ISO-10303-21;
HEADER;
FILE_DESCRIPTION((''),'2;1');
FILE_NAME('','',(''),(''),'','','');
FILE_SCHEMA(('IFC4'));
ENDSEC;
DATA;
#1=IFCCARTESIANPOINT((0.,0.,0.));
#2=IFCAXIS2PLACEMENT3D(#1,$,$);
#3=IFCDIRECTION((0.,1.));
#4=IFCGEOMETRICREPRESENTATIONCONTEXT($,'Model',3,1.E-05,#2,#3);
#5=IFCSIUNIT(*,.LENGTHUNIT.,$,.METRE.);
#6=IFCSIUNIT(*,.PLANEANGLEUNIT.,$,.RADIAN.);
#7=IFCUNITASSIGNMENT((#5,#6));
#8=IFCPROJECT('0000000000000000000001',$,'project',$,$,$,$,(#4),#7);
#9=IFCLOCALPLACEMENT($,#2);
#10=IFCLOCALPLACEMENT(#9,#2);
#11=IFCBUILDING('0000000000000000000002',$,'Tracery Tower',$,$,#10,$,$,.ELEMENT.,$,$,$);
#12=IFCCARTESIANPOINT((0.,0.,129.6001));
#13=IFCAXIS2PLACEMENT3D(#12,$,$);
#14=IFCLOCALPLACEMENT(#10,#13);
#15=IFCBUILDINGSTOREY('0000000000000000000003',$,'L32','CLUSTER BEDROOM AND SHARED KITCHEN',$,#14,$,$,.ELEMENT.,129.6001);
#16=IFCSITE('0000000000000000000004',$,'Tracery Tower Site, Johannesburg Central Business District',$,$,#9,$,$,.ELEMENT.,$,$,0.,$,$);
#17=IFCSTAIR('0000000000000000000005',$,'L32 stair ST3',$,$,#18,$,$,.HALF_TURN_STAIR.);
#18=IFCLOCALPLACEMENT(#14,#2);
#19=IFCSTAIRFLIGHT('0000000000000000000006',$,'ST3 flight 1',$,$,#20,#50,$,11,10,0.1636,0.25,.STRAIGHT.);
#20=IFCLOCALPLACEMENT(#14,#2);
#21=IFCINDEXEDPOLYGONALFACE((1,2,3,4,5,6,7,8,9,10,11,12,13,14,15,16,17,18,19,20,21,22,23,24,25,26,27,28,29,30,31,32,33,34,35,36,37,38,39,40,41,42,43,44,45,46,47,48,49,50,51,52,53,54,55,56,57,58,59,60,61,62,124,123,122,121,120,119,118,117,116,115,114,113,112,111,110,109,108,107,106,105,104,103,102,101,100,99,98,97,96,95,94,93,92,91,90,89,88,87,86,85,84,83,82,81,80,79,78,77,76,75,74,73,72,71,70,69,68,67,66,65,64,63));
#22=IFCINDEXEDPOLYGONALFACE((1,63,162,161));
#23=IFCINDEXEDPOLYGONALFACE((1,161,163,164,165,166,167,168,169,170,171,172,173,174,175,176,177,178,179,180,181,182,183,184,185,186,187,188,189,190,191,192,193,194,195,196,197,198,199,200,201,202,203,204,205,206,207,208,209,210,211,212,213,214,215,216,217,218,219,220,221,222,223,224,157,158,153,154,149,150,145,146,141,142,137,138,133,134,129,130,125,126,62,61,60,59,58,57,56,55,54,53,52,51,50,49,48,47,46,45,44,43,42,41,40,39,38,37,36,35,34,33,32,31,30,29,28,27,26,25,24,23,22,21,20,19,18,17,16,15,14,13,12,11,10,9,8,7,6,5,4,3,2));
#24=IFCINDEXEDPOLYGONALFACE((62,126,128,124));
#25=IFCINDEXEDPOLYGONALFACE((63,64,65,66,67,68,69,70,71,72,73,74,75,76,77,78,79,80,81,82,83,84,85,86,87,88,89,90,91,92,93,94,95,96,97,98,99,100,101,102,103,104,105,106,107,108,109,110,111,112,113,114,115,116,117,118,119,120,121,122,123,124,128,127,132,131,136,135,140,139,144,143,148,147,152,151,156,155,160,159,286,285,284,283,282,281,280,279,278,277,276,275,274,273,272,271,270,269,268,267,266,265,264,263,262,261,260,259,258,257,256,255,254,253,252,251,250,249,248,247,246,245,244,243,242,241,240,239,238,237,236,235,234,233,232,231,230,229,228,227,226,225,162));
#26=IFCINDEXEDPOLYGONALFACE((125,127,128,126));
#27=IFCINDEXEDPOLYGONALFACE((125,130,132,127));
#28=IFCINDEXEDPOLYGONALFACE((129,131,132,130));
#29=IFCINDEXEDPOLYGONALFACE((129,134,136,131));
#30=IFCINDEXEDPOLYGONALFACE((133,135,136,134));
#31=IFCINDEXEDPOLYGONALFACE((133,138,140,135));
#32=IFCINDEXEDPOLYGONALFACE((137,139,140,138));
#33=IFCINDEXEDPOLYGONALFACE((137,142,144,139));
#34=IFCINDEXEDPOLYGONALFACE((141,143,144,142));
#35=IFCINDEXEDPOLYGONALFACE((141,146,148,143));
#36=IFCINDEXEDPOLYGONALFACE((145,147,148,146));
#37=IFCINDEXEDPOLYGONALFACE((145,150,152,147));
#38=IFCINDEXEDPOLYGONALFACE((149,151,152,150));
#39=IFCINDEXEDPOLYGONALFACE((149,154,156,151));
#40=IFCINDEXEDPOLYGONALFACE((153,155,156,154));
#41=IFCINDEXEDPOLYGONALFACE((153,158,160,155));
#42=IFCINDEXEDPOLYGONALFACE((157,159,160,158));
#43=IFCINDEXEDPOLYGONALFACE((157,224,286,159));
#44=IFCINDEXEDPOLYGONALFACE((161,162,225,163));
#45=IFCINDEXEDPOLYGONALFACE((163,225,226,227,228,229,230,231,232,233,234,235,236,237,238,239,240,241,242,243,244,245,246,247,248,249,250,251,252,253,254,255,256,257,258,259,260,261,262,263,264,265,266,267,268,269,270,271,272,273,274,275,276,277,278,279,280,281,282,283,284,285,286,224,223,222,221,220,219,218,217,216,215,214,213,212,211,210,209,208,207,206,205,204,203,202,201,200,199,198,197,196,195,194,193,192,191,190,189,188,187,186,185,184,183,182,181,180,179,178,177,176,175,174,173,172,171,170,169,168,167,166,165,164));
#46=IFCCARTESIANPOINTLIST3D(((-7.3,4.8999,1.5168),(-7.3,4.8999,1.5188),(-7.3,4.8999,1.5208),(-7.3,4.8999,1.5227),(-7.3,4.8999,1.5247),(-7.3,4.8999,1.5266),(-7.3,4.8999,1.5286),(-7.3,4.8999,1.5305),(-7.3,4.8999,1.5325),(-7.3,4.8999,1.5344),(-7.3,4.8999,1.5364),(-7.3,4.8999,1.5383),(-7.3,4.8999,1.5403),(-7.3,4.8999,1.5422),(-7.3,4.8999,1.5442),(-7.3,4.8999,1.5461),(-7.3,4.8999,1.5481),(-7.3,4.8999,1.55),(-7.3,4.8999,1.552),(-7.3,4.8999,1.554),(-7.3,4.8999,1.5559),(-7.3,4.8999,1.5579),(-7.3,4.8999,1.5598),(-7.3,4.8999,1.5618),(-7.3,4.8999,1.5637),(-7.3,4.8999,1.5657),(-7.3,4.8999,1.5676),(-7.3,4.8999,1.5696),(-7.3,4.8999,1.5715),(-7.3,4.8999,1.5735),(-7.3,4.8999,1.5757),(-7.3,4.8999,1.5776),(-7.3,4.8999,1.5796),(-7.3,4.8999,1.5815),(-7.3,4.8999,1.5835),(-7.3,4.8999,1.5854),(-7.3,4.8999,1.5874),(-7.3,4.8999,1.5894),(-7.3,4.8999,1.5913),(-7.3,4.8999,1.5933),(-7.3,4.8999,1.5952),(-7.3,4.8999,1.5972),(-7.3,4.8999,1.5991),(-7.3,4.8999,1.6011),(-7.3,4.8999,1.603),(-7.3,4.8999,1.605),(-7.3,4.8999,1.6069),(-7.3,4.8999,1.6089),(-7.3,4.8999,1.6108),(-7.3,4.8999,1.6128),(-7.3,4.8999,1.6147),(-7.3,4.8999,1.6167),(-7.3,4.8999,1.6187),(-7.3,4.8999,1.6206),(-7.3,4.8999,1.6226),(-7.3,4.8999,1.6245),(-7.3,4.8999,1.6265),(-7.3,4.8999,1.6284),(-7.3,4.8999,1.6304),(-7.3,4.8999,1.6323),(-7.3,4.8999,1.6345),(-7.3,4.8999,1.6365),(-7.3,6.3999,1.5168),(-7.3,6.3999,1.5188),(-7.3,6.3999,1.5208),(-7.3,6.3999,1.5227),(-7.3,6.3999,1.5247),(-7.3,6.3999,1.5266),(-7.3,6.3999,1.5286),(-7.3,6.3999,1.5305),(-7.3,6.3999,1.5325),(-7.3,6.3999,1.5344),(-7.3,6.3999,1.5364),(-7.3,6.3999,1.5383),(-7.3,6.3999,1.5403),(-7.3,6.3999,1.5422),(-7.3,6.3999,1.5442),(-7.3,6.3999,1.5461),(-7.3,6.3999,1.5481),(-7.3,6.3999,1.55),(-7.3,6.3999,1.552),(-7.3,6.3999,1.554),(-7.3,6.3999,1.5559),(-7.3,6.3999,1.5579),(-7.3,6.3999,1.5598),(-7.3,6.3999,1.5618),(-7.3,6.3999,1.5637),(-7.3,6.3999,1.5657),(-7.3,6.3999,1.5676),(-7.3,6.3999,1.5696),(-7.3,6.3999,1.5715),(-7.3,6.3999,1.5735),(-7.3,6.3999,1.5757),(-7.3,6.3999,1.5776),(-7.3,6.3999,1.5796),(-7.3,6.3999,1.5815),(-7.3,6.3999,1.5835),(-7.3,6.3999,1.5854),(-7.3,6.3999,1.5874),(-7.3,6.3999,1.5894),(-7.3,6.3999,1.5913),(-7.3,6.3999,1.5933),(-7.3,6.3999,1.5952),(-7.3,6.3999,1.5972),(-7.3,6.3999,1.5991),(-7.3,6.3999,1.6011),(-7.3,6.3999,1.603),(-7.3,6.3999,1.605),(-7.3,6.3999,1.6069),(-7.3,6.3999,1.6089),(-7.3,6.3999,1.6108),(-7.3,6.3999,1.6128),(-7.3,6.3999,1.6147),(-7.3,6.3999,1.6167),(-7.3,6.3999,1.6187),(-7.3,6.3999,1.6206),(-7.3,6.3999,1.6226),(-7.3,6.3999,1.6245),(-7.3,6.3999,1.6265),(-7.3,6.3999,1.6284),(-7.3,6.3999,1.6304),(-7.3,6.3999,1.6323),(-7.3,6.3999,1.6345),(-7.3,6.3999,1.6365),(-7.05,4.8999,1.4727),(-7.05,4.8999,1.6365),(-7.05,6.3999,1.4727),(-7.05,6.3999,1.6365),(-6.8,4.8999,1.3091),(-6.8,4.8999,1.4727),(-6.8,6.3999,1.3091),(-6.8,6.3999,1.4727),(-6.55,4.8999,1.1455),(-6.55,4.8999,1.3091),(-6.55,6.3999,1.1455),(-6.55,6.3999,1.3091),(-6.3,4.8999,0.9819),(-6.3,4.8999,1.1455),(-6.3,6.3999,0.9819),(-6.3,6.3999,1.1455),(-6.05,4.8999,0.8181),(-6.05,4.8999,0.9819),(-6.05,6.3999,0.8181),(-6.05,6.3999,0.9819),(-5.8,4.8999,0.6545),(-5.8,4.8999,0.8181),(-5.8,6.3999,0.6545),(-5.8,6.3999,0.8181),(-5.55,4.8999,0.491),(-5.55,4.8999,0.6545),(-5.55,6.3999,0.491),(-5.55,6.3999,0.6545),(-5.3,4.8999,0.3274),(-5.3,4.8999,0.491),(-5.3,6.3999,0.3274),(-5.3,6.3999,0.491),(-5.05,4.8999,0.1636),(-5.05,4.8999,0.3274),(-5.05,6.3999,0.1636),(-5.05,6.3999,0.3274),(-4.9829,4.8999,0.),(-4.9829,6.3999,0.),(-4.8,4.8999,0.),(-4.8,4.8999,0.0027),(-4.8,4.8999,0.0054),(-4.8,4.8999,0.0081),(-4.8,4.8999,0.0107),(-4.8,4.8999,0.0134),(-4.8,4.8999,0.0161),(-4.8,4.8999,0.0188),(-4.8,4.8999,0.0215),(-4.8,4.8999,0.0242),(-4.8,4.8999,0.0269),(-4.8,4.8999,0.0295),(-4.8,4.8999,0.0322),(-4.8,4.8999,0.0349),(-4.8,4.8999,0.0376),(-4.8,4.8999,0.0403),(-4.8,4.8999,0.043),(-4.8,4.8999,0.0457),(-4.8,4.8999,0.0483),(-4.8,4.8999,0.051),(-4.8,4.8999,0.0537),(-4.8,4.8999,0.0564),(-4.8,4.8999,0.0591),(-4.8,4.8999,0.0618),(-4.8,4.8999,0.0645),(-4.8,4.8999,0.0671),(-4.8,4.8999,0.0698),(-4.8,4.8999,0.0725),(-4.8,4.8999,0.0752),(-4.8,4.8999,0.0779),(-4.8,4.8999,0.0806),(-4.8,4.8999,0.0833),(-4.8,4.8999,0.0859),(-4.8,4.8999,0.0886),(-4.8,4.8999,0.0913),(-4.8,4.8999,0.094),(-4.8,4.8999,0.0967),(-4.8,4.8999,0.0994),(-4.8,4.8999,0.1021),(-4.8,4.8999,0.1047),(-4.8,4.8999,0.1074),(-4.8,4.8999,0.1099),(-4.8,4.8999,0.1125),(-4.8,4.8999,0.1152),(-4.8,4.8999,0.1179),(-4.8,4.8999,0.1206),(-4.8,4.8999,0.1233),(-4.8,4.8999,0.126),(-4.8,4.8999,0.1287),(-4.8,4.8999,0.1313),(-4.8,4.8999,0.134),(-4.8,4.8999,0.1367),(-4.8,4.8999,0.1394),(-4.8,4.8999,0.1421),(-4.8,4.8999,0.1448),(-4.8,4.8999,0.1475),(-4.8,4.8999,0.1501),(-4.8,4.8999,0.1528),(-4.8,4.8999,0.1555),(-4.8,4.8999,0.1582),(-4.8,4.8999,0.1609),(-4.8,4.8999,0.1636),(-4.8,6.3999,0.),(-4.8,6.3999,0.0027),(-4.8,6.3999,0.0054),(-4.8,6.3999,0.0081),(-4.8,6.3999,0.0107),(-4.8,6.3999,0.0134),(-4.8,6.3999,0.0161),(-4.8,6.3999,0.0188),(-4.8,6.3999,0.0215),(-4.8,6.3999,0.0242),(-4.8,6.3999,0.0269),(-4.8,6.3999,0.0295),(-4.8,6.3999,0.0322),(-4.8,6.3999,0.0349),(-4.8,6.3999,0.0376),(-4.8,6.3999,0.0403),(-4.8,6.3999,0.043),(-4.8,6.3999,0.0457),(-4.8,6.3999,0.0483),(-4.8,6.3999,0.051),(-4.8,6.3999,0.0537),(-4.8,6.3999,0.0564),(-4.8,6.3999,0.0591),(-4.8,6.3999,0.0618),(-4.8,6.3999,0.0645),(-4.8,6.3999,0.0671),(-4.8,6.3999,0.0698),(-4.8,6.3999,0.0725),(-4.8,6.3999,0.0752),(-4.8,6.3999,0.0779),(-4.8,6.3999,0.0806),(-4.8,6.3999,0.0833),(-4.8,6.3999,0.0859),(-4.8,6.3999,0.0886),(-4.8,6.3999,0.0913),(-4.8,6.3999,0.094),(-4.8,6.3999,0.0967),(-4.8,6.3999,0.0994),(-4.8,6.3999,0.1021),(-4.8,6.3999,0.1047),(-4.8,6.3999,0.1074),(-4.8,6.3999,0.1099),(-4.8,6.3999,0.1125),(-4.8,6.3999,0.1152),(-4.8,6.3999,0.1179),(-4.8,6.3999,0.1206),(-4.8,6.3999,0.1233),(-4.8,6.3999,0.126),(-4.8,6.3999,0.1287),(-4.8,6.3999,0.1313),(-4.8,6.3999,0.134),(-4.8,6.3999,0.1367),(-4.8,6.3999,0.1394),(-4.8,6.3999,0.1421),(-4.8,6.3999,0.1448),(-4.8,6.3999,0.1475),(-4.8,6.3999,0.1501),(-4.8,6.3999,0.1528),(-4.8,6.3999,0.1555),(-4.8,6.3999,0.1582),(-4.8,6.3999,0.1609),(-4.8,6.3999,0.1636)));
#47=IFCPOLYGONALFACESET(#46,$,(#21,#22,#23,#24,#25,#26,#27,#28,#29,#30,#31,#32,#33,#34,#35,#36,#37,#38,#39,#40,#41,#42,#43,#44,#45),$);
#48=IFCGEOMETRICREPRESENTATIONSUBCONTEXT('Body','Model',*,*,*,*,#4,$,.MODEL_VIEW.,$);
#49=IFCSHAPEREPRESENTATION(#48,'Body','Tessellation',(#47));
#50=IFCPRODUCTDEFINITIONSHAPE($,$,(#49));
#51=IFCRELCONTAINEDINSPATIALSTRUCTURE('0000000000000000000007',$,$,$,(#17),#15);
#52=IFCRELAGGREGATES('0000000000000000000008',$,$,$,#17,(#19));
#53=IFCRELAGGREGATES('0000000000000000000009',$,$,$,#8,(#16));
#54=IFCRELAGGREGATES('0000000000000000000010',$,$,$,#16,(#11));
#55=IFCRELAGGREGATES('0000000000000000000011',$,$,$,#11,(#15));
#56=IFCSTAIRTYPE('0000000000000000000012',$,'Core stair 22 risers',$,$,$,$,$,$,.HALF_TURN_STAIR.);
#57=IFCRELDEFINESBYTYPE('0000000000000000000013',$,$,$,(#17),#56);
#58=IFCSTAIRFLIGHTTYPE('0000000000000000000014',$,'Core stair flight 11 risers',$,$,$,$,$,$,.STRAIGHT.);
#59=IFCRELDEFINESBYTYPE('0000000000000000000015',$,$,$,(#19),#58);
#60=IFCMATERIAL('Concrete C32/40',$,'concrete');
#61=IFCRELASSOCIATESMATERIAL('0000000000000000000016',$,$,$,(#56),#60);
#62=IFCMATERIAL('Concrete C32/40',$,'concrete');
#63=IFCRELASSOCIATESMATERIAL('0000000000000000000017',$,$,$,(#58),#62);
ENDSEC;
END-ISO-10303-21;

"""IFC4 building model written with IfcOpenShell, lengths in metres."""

from ifc_helpers import new_model, si_unit, direction, frame, origin, place, context, subcontext, project, spatial, polyline, outline, extrude, material, type_object, element, aggregate, save


model = new_model("IFC4")

# Units and contexts
model_context = context("Model", 3, precision=1e-05, world=origin(), true_north=direction((0.0, 1.0)))
body_context = subcontext(model_context, "Body", "Model", "MODEL_VIEW")
ifc_project = project(units=[si_unit("LENGTHUNIT", "METRE"), si_unit("PLANEANGLEUNIT", "RADIAN")], contexts=[model_context])

# Site, building, storey
site_placement = place(None, origin())
site = spatial("IfcSite", under=ifc_project, at=site_placement, Name="Tracery Tower Site, Johannesburg Central Business District", CompositionType="ELEMENT", RefElevation=0.0)
building_placement = place(site_placement, origin())
building = spatial("IfcBuilding", under=site, at=building_placement, Name="Tracery Tower", CompositionType="ELEMENT")
storey_placement = place(building_placement, frame((0.0, 0.0, 129.6001)))
storey = spatial("IfcBuildingStorey", under=building, at=storey_placement, Name="L32", Description="CLUSTER BEDROOM AND SHARED KITCHEN", CompositionType="ELEMENT", Elevation=129.6001)

# Stair, stair flight
ifc_material_1 = material(Name="Concrete C32/40", Category="concrete")
stair_type = type_object("IfcStairType", Name="Core stair 22 risers", PredefinedType="HALF_TURN_STAIR", material=ifc_material_1)
stair_placement = place(storey_placement, origin())
stair = element("IfcStair", 1, at=stair_placement, inside=storey, type_object=stair_type, Name="L32 stair ST3", PredefinedType="HALF_TURN_STAIR")
ifc_material_2 = material(Name="Concrete C32/40", Category="concrete")
stair_flight_type = type_object("IfcStairFlightType", Name="Core stair flight 11 risers", PredefinedType="STRAIGHT", material=ifc_material_2)
stair_flight_1_placement = place(storey_placement, frame((-4.8, 5.6499, 0.0), z_axis=(0.0, 0.0, 1.0), x_axis=(-1.0, 0.0, 0.0)))
stair_flight_1 = element("IfcStairFlight", 2, at=stair_flight_1_placement, type_object=stair_flight_type, Name="ST3 flight 1", NumberOfRisers=11, NumberOfTreads=10, PredefinedType="STRAIGHT", RiserHeight=0.1636, TreadLength=0.25, context=body_context, shape_type="SweptSolid", body=[
    extrude(outline(polyline([(0.0, 0.0), (0.0, 0.0027), (0.0, 0.0054), (0.0, 0.0081), (0.0, 0.0107), (0.0, 0.0134), (0.0, 0.0161), (0.0, 0.0188), (0.0, 0.0215), (0.0, 0.0242), (0.0, 0.0269), (0.0, 0.0295), (0.0, 0.0322), (0.0, 0.0349), (0.0, 0.0376), (0.0, 0.0403), (0.0, 0.043), (0.0, 0.0457), (0.0, 0.0483), (0.0, 0.051), (0.0, 0.0537), (0.0, 0.0564), (0.0, 0.0591), (0.0, 0.0618), (0.0, 0.0645), (0.0, 0.0671), (0.0, 0.0698), (0.0, 0.0725), (0.0, 0.0752), (0.0, 0.0779), (0.0, 0.0806), (0.0, 0.0833), (0.0, 0.0859), (0.0, 0.0886), (0.0, 0.0913), (0.0, 0.094), (0.0, 0.0967), (0.0, 0.0994), (0.0, 0.1021), (0.0, 0.1047), (0.0, 0.1074), (0.0, 0.1099), (0.0, 0.1125), (0.0, 0.1152), (0.0, 0.1179), (0.0, 0.1206), (0.0, 0.1233), (0.0, 0.126), (0.0, 0.1287), (0.0, 0.1313), (0.0, 0.134), (0.0, 0.1367), (0.0, 0.1394), (0.0, 0.1421), (0.0, 0.1448), (0.0, 0.1475), (0.0, 0.1501), (0.0, 0.1528), (0.0, 0.1555), (0.0, 0.1582), (0.0, 0.1609), (0.0, 0.1636), (0.25, 0.1636), (0.25, 0.3274), (0.5, 0.3274), (0.5, 0.491), (0.75, 0.491), (0.75, 0.6545), (1.0, 0.6545), (1.0, 0.8181), (1.25, 0.8181), (1.25, 0.9819), (1.5, 0.9819), (1.5, 1.1455), (1.75, 1.1455), (1.75, 1.3091), (2.0, 1.3091), (2.0, 1.4727), (2.25, 1.4727), (2.25, 1.6365), (2.5, 1.6365), (2.5, 1.6345), (2.5, 1.6323), (2.5, 1.6304), (2.5, 1.6284), (2.5, 1.6265), (2.5, 1.6245), (2.5, 1.6226), (2.5, 1.6206), (2.5, 1.6187), (2.5, 1.6167), (2.5, 1.6147), (2.5, 1.6128), (2.5, 1.6108), (2.5, 1.6089), (2.5, 1.6069), (2.5, 1.605), (2.5, 1.603), (2.5, 1.6011), (2.5, 1.5991), (2.5, 1.5972), (2.5, 1.5952), (2.5, 1.5933), (2.5, 1.5913), (2.5, 1.5894), (2.5, 1.5874), (2.5, 1.5854), (2.5, 1.5835), (2.5, 1.5815), (2.5, 1.5796), (2.5, 1.5776), (2.5, 1.5757), (2.5, 1.5735), (2.5, 1.5715), (2.5, 1.5696), (2.5, 1.5676), (2.5, 1.5657), (2.5, 1.5637), (2.5, 1.5618), (2.5, 1.5598), (2.5, 1.5579), (2.5, 1.5559), (2.5, 1.554), (2.5, 1.552), (2.5, 1.55), (2.5, 1.5481), (2.5, 1.5461), (2.5, 1.5442), (2.5, 1.5422), (2.5, 1.5403), (2.5, 1.5383), (2.5, 1.5364), (2.5, 1.5344), (2.5, 1.5325), (2.5, 1.5305), (2.5, 1.5286), (2.5, 1.5266), (2.5, 1.5247), (2.5, 1.5227), (2.5, 1.5208), (2.5, 1.5188), (2.5, 1.5168), (0.1829, 0.0), (0.0, 0.0)])), frame((0.0, 0.75, 0.0), z_axis=(0.0, -1.0, 0.0), x_axis=(1.0, 0.0, 0.0)), (0.0, 0.0, 1.0), 1.5),
])
aggregate(stair, [stair_flight_1])

save(model, "model.ifc")
